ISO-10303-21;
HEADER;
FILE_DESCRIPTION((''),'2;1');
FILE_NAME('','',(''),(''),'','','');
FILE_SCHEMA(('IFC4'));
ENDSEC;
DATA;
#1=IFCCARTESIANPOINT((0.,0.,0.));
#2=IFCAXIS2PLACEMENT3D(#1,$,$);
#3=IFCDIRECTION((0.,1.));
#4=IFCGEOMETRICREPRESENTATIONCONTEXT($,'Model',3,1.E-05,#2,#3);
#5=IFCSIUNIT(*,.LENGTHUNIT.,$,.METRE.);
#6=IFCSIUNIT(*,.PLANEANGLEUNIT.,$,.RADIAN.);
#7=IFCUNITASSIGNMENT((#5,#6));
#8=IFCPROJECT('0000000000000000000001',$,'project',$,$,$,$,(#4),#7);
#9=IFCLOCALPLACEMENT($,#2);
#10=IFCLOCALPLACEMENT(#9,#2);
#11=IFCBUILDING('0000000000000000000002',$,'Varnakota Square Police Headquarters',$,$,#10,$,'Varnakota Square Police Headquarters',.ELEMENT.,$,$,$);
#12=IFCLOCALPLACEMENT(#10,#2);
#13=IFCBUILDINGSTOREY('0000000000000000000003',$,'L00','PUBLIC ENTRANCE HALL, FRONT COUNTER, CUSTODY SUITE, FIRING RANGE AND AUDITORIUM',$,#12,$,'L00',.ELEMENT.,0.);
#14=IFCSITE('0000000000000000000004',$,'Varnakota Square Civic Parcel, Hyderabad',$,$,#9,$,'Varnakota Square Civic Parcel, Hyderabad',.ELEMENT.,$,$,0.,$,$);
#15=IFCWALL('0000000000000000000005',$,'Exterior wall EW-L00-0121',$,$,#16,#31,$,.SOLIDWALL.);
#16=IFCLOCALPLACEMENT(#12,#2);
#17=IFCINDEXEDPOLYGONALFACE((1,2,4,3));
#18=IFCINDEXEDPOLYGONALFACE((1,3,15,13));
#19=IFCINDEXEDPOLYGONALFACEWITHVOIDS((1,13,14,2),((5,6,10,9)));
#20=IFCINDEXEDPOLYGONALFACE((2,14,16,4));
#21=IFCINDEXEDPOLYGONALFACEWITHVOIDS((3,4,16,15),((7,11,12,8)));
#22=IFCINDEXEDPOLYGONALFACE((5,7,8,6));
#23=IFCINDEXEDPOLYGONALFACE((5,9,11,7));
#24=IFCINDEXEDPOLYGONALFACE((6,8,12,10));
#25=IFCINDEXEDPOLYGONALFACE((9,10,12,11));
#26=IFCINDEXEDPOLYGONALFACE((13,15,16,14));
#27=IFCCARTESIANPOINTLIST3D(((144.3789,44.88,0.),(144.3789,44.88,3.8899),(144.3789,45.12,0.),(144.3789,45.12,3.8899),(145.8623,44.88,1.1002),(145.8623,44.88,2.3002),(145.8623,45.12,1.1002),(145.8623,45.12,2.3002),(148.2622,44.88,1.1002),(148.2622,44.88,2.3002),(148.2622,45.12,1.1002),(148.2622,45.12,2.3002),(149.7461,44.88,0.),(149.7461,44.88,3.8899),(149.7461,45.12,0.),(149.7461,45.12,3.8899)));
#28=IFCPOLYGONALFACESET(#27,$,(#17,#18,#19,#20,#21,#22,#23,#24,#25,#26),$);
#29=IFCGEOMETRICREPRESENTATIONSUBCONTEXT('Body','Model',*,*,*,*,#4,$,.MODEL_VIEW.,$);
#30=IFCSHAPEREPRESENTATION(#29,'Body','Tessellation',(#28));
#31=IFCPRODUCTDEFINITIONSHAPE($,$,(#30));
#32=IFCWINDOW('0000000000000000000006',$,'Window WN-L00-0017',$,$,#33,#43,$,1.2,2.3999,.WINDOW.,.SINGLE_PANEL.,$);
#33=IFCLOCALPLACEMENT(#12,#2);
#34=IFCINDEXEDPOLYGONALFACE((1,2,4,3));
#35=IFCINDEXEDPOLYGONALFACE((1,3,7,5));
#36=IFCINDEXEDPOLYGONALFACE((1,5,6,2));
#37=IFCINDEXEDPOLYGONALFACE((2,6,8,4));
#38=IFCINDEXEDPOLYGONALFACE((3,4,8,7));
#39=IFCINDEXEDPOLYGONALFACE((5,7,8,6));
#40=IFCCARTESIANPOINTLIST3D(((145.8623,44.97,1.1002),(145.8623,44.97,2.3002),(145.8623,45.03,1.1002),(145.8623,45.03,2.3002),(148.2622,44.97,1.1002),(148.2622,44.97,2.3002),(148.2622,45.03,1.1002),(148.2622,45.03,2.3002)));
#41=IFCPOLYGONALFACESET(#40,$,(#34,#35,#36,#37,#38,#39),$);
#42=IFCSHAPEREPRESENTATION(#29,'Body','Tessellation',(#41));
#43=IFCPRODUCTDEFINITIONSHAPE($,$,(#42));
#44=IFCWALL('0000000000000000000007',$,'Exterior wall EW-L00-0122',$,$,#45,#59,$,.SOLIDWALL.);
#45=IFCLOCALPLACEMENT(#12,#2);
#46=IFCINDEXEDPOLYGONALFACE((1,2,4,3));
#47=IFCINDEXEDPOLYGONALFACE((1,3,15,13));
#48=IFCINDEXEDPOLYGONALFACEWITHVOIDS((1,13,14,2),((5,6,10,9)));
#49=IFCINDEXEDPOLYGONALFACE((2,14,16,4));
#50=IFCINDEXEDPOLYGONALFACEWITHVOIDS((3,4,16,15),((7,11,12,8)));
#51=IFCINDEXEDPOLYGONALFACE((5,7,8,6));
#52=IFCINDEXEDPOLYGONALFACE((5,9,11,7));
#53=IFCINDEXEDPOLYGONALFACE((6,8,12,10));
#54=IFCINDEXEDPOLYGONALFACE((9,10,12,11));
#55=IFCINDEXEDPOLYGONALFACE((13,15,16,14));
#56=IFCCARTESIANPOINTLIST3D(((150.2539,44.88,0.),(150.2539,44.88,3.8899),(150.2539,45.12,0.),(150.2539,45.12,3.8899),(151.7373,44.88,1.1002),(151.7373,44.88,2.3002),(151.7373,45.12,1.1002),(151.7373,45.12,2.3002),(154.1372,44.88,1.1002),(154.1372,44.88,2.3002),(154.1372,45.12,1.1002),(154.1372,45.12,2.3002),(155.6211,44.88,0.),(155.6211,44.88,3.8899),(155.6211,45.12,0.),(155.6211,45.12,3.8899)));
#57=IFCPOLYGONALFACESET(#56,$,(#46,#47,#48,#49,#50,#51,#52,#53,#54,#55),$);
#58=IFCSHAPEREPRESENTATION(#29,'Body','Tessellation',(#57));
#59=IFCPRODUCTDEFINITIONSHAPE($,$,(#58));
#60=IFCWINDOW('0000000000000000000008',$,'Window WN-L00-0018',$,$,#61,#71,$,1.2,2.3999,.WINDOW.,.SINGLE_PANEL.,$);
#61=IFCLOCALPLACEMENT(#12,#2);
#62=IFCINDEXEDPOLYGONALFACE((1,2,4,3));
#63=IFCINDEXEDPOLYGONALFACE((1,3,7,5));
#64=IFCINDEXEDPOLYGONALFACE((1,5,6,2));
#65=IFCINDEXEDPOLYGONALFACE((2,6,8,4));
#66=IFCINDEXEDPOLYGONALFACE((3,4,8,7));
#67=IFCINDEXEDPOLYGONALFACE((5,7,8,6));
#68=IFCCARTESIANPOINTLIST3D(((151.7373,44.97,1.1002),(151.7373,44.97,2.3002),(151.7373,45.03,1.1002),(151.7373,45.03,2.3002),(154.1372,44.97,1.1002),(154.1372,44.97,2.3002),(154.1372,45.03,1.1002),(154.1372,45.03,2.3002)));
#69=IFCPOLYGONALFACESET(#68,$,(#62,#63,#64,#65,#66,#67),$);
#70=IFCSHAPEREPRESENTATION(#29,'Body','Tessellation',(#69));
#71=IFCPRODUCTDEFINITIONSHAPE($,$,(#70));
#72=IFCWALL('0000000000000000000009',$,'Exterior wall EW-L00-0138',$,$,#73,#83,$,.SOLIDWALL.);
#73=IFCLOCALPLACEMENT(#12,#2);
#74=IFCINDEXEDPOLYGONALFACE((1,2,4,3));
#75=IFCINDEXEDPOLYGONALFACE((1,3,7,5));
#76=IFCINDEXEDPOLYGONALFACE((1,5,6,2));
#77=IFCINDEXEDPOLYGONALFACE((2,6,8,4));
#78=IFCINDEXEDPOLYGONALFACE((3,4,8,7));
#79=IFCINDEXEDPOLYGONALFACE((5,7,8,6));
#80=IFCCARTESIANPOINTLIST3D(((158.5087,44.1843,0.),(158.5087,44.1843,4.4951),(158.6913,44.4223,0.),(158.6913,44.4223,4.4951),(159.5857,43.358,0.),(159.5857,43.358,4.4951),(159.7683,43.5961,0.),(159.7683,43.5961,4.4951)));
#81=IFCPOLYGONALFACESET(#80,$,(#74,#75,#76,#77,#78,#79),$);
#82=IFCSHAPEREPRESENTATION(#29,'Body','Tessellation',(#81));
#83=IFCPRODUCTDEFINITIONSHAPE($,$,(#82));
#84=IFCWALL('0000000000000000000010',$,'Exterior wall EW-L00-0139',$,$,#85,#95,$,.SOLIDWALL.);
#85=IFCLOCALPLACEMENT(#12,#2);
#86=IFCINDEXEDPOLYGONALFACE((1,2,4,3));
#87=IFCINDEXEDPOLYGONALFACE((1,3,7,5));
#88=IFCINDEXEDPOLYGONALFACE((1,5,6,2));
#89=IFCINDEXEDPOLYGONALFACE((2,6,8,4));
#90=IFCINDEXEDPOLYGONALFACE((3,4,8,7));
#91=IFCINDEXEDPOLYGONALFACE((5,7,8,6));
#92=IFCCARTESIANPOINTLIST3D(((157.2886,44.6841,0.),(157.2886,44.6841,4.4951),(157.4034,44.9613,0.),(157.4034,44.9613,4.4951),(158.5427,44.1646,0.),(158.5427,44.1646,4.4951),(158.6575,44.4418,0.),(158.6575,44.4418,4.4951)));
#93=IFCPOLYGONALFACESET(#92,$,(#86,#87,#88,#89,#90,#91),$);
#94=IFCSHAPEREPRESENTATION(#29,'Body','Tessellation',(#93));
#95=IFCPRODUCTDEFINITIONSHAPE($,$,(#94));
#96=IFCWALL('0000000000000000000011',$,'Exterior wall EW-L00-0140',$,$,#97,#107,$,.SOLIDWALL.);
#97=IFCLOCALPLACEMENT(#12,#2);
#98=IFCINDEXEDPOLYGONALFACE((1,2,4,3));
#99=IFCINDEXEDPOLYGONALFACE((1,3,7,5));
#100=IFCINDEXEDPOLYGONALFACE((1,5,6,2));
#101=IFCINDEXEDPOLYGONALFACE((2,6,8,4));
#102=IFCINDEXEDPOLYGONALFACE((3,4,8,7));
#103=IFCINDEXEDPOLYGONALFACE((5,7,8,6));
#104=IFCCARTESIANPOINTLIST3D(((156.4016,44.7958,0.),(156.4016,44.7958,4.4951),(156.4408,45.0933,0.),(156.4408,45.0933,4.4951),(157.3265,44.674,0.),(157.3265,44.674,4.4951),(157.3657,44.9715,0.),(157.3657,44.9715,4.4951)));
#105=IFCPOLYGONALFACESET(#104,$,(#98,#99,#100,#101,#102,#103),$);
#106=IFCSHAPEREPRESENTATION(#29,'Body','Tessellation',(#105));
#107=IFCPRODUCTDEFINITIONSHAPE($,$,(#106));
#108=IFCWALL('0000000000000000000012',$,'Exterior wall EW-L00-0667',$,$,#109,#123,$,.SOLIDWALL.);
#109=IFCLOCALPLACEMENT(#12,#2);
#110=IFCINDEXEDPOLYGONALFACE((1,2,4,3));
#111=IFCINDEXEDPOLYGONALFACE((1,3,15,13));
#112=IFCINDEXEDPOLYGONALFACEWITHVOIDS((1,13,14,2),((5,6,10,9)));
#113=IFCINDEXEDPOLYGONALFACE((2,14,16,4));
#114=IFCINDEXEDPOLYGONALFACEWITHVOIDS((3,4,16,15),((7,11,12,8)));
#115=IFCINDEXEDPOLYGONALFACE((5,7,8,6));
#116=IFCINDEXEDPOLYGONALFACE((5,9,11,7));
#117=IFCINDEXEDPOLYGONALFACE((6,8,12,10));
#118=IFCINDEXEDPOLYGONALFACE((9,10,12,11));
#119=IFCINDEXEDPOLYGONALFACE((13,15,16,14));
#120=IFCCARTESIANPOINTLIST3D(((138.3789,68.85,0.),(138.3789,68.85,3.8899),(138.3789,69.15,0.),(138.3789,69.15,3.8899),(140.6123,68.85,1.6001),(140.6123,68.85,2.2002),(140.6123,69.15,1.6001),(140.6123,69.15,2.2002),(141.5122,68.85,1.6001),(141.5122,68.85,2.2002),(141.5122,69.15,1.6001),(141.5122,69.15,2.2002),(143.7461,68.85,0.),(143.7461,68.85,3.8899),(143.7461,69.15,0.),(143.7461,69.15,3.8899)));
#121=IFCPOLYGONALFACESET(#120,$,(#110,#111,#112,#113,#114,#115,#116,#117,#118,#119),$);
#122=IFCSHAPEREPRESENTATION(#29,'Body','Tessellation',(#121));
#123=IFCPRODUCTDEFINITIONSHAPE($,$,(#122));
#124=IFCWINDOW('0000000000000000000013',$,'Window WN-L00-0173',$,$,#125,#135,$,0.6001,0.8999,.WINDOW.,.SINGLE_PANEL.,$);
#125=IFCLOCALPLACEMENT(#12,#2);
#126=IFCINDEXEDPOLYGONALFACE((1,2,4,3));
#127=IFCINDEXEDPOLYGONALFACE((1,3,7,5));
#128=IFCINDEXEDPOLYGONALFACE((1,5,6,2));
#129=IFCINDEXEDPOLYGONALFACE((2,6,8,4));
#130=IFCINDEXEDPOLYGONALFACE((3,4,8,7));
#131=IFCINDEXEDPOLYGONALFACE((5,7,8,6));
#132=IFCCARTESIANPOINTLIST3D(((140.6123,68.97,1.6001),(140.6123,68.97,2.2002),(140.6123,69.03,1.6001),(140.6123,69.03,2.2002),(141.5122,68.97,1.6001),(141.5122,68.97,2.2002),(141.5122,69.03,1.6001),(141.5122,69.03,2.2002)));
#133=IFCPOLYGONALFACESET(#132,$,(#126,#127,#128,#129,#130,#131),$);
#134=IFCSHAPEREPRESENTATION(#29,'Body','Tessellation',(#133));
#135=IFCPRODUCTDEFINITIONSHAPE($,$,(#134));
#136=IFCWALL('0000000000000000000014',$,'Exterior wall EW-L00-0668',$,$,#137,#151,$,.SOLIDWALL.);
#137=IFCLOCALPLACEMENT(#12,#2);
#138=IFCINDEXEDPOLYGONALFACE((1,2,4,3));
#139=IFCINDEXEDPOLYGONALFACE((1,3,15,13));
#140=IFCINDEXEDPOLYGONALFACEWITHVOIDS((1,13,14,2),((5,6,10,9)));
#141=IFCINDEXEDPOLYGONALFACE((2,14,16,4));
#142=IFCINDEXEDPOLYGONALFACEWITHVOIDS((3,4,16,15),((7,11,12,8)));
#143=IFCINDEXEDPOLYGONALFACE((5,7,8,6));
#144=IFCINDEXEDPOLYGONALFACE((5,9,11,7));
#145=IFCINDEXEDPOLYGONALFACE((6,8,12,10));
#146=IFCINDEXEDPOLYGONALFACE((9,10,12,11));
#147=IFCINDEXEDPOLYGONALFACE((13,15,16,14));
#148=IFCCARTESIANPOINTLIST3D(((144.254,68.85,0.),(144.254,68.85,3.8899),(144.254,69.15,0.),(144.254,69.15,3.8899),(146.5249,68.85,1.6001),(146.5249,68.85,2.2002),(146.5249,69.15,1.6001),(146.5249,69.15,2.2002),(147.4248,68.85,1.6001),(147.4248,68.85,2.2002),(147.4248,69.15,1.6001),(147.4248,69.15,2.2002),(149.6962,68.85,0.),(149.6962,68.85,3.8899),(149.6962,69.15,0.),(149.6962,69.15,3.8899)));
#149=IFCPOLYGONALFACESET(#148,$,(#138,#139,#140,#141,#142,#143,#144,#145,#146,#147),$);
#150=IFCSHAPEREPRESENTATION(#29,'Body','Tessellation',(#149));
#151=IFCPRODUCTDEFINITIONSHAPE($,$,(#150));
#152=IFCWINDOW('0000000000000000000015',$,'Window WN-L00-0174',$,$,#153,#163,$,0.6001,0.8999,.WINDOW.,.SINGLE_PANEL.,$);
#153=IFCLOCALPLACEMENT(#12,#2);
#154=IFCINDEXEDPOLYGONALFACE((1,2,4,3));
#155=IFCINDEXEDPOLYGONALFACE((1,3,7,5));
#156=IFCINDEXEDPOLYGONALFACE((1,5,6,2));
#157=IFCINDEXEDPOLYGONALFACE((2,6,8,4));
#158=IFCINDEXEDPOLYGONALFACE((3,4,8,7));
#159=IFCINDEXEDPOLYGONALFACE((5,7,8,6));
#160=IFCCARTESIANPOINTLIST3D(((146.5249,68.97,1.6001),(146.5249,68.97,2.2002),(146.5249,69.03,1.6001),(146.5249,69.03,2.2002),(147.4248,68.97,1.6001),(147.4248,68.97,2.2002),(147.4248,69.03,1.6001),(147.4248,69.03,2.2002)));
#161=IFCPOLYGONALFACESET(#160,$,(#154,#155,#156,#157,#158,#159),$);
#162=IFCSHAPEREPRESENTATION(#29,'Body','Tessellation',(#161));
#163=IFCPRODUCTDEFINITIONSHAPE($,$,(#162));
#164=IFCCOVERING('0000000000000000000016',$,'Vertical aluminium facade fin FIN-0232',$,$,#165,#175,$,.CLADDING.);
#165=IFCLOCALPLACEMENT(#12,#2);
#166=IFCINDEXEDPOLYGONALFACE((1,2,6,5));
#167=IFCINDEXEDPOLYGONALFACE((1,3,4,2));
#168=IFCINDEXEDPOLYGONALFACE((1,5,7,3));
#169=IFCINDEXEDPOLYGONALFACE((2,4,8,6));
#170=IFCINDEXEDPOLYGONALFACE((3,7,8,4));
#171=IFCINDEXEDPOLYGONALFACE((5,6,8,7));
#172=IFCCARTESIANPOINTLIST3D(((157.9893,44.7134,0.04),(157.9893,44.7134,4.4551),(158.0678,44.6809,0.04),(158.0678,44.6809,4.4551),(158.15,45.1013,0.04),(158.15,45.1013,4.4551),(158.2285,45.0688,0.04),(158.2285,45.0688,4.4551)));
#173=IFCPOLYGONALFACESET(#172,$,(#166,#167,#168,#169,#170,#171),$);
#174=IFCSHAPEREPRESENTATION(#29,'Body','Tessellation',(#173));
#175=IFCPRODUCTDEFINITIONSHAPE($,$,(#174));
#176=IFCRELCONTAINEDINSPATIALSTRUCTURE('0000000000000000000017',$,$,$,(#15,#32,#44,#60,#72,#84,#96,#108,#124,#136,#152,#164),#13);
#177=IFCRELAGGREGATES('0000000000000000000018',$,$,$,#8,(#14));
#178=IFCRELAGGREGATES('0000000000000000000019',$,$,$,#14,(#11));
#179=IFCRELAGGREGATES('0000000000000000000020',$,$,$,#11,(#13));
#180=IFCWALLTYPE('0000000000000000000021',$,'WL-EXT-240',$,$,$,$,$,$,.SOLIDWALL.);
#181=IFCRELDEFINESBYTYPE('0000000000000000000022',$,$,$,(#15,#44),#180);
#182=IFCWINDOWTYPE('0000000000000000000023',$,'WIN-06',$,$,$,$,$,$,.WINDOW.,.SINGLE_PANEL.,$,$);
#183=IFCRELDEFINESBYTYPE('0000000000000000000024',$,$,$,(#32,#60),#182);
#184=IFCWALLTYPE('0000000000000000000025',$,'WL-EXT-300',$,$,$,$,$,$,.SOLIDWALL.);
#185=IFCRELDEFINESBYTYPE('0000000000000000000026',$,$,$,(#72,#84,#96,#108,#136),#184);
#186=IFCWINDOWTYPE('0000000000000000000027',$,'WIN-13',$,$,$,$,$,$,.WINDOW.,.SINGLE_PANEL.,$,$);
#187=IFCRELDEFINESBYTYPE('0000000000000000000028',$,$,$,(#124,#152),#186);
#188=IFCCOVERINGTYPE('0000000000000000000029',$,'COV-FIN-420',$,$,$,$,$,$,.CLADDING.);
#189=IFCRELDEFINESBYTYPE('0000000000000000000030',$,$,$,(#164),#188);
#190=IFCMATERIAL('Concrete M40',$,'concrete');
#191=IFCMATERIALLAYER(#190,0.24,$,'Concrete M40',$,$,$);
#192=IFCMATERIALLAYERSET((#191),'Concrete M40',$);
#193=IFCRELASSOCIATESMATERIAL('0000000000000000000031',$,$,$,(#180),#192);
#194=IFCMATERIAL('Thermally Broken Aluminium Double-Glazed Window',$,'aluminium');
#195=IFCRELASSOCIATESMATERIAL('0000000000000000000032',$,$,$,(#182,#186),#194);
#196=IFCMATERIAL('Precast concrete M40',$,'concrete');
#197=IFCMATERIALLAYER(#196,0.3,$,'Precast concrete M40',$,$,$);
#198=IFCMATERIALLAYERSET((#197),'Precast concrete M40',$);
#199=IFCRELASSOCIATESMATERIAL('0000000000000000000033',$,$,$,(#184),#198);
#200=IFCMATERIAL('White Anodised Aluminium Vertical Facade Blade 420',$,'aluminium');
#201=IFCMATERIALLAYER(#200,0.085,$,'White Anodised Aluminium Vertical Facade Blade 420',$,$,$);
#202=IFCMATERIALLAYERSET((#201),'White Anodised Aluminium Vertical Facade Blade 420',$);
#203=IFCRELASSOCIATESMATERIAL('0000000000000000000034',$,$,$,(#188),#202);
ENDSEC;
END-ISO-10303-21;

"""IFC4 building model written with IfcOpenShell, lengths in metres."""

from ifc_helpers import new_model, si_unit, direction, frame, frame_2d, origin, origin_2d, place, context, subcontext, project, spatial, rectangle, extrude, material, layer, layer_set, type_object, element, fill, save


model = new_model("IFC4")

# Units and contexts
model_context = context("Model", 3, precision=1e-05, world=origin(), true_north=direction((0.0, 1.0)))
body_context = subcontext(model_context, "Body", "Model", "MODEL_VIEW")
ifc_project = project(units=[si_unit("LENGTHUNIT", "METRE"), si_unit("PLANEANGLEUNIT", "RADIAN")], contexts=[model_context])

# Site, building, storey
site_placement = place(None, origin())
site = spatial("IfcSite", under=ifc_project, at=site_placement, Name="Varnakota Square Civic Parcel, Hyderabad", LongName="Varnakota Square Civic Parcel, Hyderabad", CompositionType="ELEMENT", RefElevation=0.0)
building_placement = place(site_placement, origin())
building = spatial("IfcBuilding", under=site, at=building_placement, Name="Varnakota Square Police Headquarters", LongName="Varnakota Square Police Headquarters", CompositionType="ELEMENT")
storey_placement = place(building_placement, origin())
storey = spatial("IfcBuildingStorey", under=building, at=storey_placement, Name="L00", Description="PUBLIC ENTRANCE HALL, FRONT COUNTER, CUSTODY SUITE, FIRING RANGE AND AUDITORIUM", LongName="L00", CompositionType="ELEMENT", Elevation=0.0)

# Walls, openings, windows
ifc_material_1 = material(Name="Concrete M40", Category="concrete")
ifc_layer_1 = layer(ifc_material_1, 0.24, Name="Concrete M40")
ifc_layer_set_1 = layer_set([ifc_layer_1], Name="Concrete M40")
wall_type_1 = type_object("IfcWallType", Name="WL-EXT-240", PredefinedType="SOLIDWALL", material=ifc_layer_set_1)
ifc_material_2 = material(Name="Thermally Broken Aluminium Double-Glazed Window", Category="aluminium")
window_type_1 = type_object("IfcWindowType", Name="WIN-06", PartitioningType="SINGLE_PANEL", PredefinedType="WINDOW", material=ifc_material_2)
wall_1_placement = place(storey_placement, frame((144.3789, 45.0, 0.0), z_axis=(0.0, 0.0, 1.0), x_axis=(1.0, 0.0, 0.0)))
wall_1 = element("IfcWall", 1, at=wall_1_placement, inside=storey, type_object=wall_type_1, Name="Exterior wall EW-L00-0121", PredefinedType="SOLIDWALL", context=body_context, shape_type="SweptSolid", body=[
    extrude(rectangle(XDim=5.3672, YDim=0.24, at=frame_2d((2.6836, 0.0))), origin(), (0.0, 0.0, 1.0), 3.8899),
])
opening_1_placement = place(wall_1_placement, frame((1.4834, 0.0, 1.1001)))
opening_1 = element("IfcOpeningElement", 2, at=opening_1_placement, cuts=wall_1, PredefinedType="OPENING", context=body_context, shape_type="SweptSolid", body=[
    extrude(rectangle(XDim=2.3999, YDim=1.2, at=frame_2d((1.2, 0.6001))), frame((0.0, 0.1299, 0.0), z_axis=(0.0, -1.0, 0.0), x_axis=(1.0, 0.0, 0.0)), (0.0, 0.0, 1.0), 0.26),
])
window_1_placement = place(opening_1_placement, origin())
window_1 = element("IfcWindow", 3, at=window_1_placement, inside=storey, type_object=window_type_1, Name="Window WN-L00-0017", OverallHeight=1.2, OverallWidth=2.3999, PartitioningType="SINGLE_PANEL", PredefinedType="WINDOW", context=body_context, shape_type="SweptSolid", body=[
    extrude(rectangle(XDim=2.3999, YDim=1.2, at=frame_2d((1.2, 0.6001))), frame((0.0, 0.03, 0.0), z_axis=(0.0, -1.0, 0.0), x_axis=(1.0, 0.0, 0.0)), (0.0, 0.0, 1.0), 0.0601),
])
fill(opening_1, window_1)
wall_2_placement = place(storey_placement, frame((150.2539, 45.0, 0.0), z_axis=(0.0, 0.0, 1.0), x_axis=(1.0, 0.0, 0.0)))
wall_2 = element("IfcWall", 4, at=wall_2_placement, inside=storey, type_object=wall_type_1, Name="Exterior wall EW-L00-0122", PredefinedType="SOLIDWALL", context=body_context, shape_type="SweptSolid", body=[
    extrude(rectangle(XDim=5.3672, YDim=0.24, at=frame_2d((2.6836, 0.0))), origin(), (0.0, 0.0, 1.0), 3.8899),
])
opening_2_placement = place(wall_2_placement, frame((1.4834, 0.0, 1.1001)))
opening_2 = element("IfcOpeningElement", 5, at=opening_2_placement, cuts=wall_2, PredefinedType="OPENING", context=body_context, shape_type="SweptSolid", body=[
    extrude(rectangle(XDim=2.3999, YDim=1.2, at=frame_2d((1.2, 0.6001))), frame((0.0, 0.1299, 0.0), z_axis=(0.0, -1.0, 0.0), x_axis=(1.0, 0.0, 0.0)), (0.0, 0.0, 1.0), 0.26),
])
window_2_placement = place(opening_2_placement, origin())
window_2 = element("IfcWindow", 6, at=window_2_placement, inside=storey, type_object=window_type_1, Name="Window WN-L00-0018", OverallHeight=1.2, OverallWidth=2.3999, PartitioningType="SINGLE_PANEL", PredefinedType="WINDOW", context=body_context, shape_type="SweptSolid", body=[
    extrude(rectangle(XDim=2.3999, YDim=1.2, at=frame_2d((1.2, 0.6001))), frame((0.0, 0.03, 0.0), z_axis=(0.0, -1.0, 0.0), x_axis=(1.0, 0.0, 0.0)), (0.0, 0.0, 1.0), 0.0601),
])
fill(opening_2, window_2)

# Walls
ifc_material_3 = material(Name="Precast concrete M40", Category="concrete")
ifc_layer_2 = layer(ifc_material_3, 0.3, Name="Precast concrete M40")
ifc_layer_set_2 = layer_set([ifc_layer_2], Name="Precast concrete M40")
wall_type_2 = type_object("IfcWallType", Name="WL-EXT-300", PredefinedType="SOLIDWALL", material=ifc_layer_set_2)
for number, where, z_axis, x_axis, name in (
    (7, (159.677, 43.4771, 0.0), (0.0, 0.0, 1.0), (-0.793412, 0.608685, 0.0), "Exterior wall EW-L00-0138"),
    (8, (158.6001, 44.3032, 0.0), (0.0, 0.0, 1.0), (-0.923868, 0.382712, 0.0), "Exterior wall EW-L00-0139"),
):
    element("IfcWall", number, at=place(storey_placement, frame(where, z_axis=z_axis, x_axis=x_axis)), inside=storey, type_object=wall_type_2, Name=name, PredefinedType="SOLIDWALL", context=body_context, shape_type="SweptSolid", body=[
        extrude(rectangle(XDim=1.3574, YDim=0.3, at=frame_2d((0.6787, 0.0))), origin(), (0.0, 0.0, 1.0), 4.4951),
    ])
wall_3_placement = place(storey_placement, frame((157.3459, 44.8228, 0.0), z_axis=(0.0, 0.0, 1.0), x_axis=(-0.991435, 0.130603, 0.0)))
element("IfcWall", 9, at=wall_3_placement, inside=storey, type_object=wall_type_2, Name="Exterior wall EW-L00-0140", PredefinedType="SOLIDWALL", context=body_context, shape_type="SweptSolid", body=[
    extrude(rectangle(XDim=0.9329, YDim=0.3, at=frame_2d((0.4663, 0.0))), origin(), (0.0, 0.0, 1.0), 4.4951),
])

# Walls, openings, windows
wall_4_placement = place(storey_placement, frame((138.3789, 69.0, 0.0), z_axis=(0.0, 0.0, 1.0), x_axis=(1.0, 0.0, 0.0)))
wall_4 = element("IfcWall", 10, at=wall_4_placement, inside=storey, type_object=wall_type_2, Name="Exterior wall EW-L00-0667", PredefinedType="SOLIDWALL", context=body_context, shape_type="SweptSolid", body=[
    extrude(rectangle(XDim=5.3672, YDim=0.3, at=frame_2d((2.6836, 0.0))), origin(), (0.0, 0.0, 1.0), 3.8899),
])
opening_3_placement = place(wall_4_placement, frame((2.2334, 0.0, 1.6001)))
opening_3 = element("IfcOpeningElement", 11, at=opening_3_placement, cuts=wall_4, PredefinedType="OPENING", context=body_context, shape_type="SweptSolid", body=[
    extrude(rectangle(XDim=0.8999, YDim=0.6001, at=frame_2d((0.45, 0.3))), frame((0.0, 0.1599, 0.0), z_axis=(0.0, -1.0, 0.0), x_axis=(1.0, 0.0, 0.0)), (0.0, 0.0, 1.0), 0.3201),
])
window_type_2 = type_object("IfcWindowType", Name="WIN-13", PartitioningType="SINGLE_PANEL", PredefinedType="WINDOW", material=ifc_material_2)
window_3_placement = place(opening_3_placement, origin())
window_3 = element("IfcWindow", 12, at=window_3_placement, inside=storey, type_object=window_type_2, Name="Window WN-L00-0173", OverallHeight=0.6001, OverallWidth=0.8999, PartitioningType="SINGLE_PANEL", PredefinedType="WINDOW", context=body_context, shape_type="SweptSolid", body=[
    extrude(rectangle(XDim=0.8999, YDim=0.6001, at=frame_2d((0.45, 0.3))), frame((0.0, 0.03, 0.0), z_axis=(0.0, -1.0, 0.0), x_axis=(1.0, 0.0, 0.0)), (0.0, 0.0, 1.0), 0.0601),
])
fill(opening_3, window_3)
wall_5_placement = place(storey_placement, frame((144.2539, 69.0, 0.0), z_axis=(0.0, 0.0, 1.0), x_axis=(1.0, 0.0, 0.0)))
wall_5 = element("IfcWall", 13, at=wall_5_placement, inside=storey, type_object=wall_type_2, Name="Exterior wall EW-L00-0668", PredefinedType="SOLIDWALL", context=body_context, shape_type="SweptSolid", body=[
    extrude(rectangle(XDim=5.4421, YDim=0.3, at=frame_2d((2.7212, 0.0))), origin(), (0.0, 0.0, 1.0), 3.8899),
])
opening_4_placement = place(wall_5_placement, frame((2.271, 0.0, 1.6001)))
opening_4 = element("IfcOpeningElement", 14, at=opening_4_placement, cuts=wall_5, PredefinedType="OPENING", context=body_context, shape_type="SweptSolid", body=[
    extrude(rectangle(XDim=0.8999, YDim=0.6001, at=frame_2d((0.45, 0.3))), frame((0.0, 0.1599, 0.0), z_axis=(0.0, -1.0, 0.0), x_axis=(1.0, 0.0, 0.0)), (0.0, 0.0, 1.0), 0.3201),
])
window_4_placement = place(opening_4_placement, origin())
window_4 = element("IfcWindow", 15, at=window_4_placement, inside=storey, type_object=window_type_2, Name="Window WN-L00-0174", OverallHeight=0.6001, OverallWidth=0.8999, PartitioningType="SINGLE_PANEL", PredefinedType="WINDOW", context=body_context, shape_type="SweptSolid", body=[
    extrude(rectangle(XDim=0.8999, YDim=0.6001, at=frame_2d((0.45, 0.3))), frame((0.0, 0.03, 0.0), z_axis=(0.0, -1.0, 0.0), x_axis=(1.0, 0.0, 0.0)), (0.0, 0.0, 1.0), 0.0601),
])
fill(opening_4, window_4)

# Covering
ifc_material_4 = material(Name="White Anodised Aluminium Vertical Facade Blade 420", Category="aluminium")
ifc_layer_3 = layer(ifc_material_4, 0.085, Name="White Anodised Aluminium Vertical Facade Blade 420")
ifc_layer_set_3 = layer_set([ifc_layer_3], Name="White Anodised Aluminium Vertical Facade Blade 420")
covering_type_1 = type_object("IfcCoveringType", Name="COV-FIN-420", PredefinedType="CLADDING", material=ifc_layer_set_3)
covering_placement = place(storey_placement, frame((158.1089, 44.8911, 0.04), z_axis=(0.0, 0.0, 1.0), x_axis=(-0.92388, 0.382683, 0.0)))
element("IfcCovering", 16, at=covering_placement, inside=storey, type_object=covering_type_1, Name="Vertical aluminium facade fin FIN-0232", PredefinedType="CLADDING", context=body_context, shape_type="SweptSolid", body=[
    extrude(rectangle(XDim=0.085, YDim=0.4199, at=origin_2d()), origin(), (0.0, 0.0, 1.0), 4.415),
])

save(model, "model.ifc")
